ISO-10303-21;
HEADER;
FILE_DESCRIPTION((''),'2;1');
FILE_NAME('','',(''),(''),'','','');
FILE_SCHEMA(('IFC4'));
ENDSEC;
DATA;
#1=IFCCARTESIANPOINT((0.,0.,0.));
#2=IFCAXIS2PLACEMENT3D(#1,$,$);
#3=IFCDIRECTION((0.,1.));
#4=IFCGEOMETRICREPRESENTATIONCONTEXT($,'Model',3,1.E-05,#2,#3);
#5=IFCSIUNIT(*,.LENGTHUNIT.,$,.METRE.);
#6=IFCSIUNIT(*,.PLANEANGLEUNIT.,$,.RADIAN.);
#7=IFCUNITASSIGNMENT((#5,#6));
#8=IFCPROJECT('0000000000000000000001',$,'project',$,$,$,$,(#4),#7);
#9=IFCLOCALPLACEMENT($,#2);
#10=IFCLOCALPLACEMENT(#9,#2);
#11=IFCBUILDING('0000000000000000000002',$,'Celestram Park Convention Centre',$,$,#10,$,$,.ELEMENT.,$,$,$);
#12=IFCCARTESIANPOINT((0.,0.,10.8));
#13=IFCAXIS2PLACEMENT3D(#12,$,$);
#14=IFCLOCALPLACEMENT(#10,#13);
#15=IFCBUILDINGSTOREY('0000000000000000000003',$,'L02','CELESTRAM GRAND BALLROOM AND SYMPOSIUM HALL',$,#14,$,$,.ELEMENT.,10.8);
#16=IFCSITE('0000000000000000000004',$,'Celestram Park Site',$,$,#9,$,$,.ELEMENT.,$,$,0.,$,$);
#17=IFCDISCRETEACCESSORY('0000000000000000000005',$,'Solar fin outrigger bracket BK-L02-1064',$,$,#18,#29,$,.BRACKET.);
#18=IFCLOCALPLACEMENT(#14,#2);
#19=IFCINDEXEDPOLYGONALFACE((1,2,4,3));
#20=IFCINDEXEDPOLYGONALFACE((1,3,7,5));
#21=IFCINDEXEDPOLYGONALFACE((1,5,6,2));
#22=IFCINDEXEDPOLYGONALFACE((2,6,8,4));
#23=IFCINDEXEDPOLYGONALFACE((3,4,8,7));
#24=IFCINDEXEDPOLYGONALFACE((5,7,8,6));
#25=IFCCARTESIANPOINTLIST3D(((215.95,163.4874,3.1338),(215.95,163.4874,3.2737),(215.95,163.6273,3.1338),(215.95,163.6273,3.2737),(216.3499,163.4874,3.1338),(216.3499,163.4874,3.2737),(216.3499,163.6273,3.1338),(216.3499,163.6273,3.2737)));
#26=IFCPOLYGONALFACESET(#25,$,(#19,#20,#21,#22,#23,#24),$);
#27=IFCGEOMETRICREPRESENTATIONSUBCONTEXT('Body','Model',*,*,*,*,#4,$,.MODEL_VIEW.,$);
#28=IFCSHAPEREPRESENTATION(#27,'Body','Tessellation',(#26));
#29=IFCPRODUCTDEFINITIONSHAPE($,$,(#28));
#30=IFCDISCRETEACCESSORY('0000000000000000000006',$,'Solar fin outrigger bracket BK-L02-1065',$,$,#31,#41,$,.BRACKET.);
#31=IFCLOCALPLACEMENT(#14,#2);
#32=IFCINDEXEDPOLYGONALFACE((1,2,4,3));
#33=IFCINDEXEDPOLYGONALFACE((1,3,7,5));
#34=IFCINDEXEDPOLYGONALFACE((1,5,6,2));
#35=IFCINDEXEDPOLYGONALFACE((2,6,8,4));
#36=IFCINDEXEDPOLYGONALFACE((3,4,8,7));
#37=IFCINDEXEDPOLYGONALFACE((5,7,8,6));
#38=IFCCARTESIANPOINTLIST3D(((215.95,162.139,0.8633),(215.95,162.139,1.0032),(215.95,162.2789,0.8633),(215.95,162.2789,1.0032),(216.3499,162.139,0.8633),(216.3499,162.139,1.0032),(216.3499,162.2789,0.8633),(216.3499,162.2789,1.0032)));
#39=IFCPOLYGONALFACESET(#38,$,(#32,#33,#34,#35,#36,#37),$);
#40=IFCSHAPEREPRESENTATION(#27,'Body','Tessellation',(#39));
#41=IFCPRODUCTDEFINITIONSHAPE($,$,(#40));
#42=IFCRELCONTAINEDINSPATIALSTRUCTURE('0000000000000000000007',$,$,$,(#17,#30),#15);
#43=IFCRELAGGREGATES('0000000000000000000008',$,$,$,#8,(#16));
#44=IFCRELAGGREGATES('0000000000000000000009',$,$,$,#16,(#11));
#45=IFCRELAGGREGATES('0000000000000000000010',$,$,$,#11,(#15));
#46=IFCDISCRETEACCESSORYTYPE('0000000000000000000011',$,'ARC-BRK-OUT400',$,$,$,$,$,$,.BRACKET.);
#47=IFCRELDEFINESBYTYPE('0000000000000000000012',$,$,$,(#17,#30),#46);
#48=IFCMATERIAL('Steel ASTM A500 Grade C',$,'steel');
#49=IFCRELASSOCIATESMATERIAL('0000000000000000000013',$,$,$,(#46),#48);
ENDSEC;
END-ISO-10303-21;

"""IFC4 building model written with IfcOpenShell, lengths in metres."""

from ifc_helpers import new_model, si_unit, direction, frame, origin, origin_2d, place, context, subcontext, project, spatial, rectangle, extrude, material, type_object, element, save


model = new_model("IFC4")

# Units and contexts
model_context = context("Model", 3, precision=1e-05, world=origin(), true_north=direction((0.0, 1.0)))
body_context = subcontext(model_context, "Body", "Model", "MODEL_VIEW")
ifc_project = project(units=[si_unit("LENGTHUNIT", "METRE"), si_unit("PLANEANGLEUNIT", "RADIAN")], contexts=[model_context])

# Site, building, storey
site_placement = place(None, origin())
site = spatial("IfcSite", under=ifc_project, at=site_placement, Name="Celestram Park Site", CompositionType="ELEMENT", RefElevation=0.0)
building_placement = place(site_placement, origin())
building = spatial("IfcBuilding", under=site, at=building_placement, Name="Celestram Park Convention Centre", CompositionType="ELEMENT")
storey_placement = place(building_placement, frame((0.0, 0.0, 10.8)))
storey = spatial("IfcBuildingStorey", under=building, at=storey_placement, Name="L02", Description="CELESTRAM GRAND BALLROOM AND SYMPOSIUM HALL", CompositionType="ELEMENT", Elevation=10.8)

# Shared definitions
ifc_material_1 = material(Name="Steel ASTM A500 Grade C", Category="steel")

# Discrete accessories
discrete_accessory_type = type_object("IfcDiscreteAccessoryType", Name="ARC-BRK-OUT400", PredefinedType="BRACKET", material=ifc_material_1)
for number, where, z_axis, x_axis, name in (
    (1, (216.1499, 163.5574, 3.1338), (0.0, 0.0, 1.0), (1.0, 0.0, 0.0), "Solar fin outrigger bracket BK-L02-1064"),
    (2, (216.1499, 162.209, 0.8633), (0.0, 0.0, 1.0), (1.0, 0.0, 0.0), "Solar fin outrigger bracket BK-L02-1065"),
):
    element("IfcDiscreteAccessory", number, at=place(storey_placement, frame(where, z_axis=z_axis, x_axis=x_axis)), inside=storey, type_object=discrete_accessory_type, Name=name, PredefinedType="BRACKET", context=body_context, shape_type="SweptSolid", body=[
        extrude(rectangle(XDim=0.3999, YDim=0.1399, at=origin_2d()), origin(), (0.0, 0.0, 1.0), 0.1399),
    ])

save(model, "model.ifc")
